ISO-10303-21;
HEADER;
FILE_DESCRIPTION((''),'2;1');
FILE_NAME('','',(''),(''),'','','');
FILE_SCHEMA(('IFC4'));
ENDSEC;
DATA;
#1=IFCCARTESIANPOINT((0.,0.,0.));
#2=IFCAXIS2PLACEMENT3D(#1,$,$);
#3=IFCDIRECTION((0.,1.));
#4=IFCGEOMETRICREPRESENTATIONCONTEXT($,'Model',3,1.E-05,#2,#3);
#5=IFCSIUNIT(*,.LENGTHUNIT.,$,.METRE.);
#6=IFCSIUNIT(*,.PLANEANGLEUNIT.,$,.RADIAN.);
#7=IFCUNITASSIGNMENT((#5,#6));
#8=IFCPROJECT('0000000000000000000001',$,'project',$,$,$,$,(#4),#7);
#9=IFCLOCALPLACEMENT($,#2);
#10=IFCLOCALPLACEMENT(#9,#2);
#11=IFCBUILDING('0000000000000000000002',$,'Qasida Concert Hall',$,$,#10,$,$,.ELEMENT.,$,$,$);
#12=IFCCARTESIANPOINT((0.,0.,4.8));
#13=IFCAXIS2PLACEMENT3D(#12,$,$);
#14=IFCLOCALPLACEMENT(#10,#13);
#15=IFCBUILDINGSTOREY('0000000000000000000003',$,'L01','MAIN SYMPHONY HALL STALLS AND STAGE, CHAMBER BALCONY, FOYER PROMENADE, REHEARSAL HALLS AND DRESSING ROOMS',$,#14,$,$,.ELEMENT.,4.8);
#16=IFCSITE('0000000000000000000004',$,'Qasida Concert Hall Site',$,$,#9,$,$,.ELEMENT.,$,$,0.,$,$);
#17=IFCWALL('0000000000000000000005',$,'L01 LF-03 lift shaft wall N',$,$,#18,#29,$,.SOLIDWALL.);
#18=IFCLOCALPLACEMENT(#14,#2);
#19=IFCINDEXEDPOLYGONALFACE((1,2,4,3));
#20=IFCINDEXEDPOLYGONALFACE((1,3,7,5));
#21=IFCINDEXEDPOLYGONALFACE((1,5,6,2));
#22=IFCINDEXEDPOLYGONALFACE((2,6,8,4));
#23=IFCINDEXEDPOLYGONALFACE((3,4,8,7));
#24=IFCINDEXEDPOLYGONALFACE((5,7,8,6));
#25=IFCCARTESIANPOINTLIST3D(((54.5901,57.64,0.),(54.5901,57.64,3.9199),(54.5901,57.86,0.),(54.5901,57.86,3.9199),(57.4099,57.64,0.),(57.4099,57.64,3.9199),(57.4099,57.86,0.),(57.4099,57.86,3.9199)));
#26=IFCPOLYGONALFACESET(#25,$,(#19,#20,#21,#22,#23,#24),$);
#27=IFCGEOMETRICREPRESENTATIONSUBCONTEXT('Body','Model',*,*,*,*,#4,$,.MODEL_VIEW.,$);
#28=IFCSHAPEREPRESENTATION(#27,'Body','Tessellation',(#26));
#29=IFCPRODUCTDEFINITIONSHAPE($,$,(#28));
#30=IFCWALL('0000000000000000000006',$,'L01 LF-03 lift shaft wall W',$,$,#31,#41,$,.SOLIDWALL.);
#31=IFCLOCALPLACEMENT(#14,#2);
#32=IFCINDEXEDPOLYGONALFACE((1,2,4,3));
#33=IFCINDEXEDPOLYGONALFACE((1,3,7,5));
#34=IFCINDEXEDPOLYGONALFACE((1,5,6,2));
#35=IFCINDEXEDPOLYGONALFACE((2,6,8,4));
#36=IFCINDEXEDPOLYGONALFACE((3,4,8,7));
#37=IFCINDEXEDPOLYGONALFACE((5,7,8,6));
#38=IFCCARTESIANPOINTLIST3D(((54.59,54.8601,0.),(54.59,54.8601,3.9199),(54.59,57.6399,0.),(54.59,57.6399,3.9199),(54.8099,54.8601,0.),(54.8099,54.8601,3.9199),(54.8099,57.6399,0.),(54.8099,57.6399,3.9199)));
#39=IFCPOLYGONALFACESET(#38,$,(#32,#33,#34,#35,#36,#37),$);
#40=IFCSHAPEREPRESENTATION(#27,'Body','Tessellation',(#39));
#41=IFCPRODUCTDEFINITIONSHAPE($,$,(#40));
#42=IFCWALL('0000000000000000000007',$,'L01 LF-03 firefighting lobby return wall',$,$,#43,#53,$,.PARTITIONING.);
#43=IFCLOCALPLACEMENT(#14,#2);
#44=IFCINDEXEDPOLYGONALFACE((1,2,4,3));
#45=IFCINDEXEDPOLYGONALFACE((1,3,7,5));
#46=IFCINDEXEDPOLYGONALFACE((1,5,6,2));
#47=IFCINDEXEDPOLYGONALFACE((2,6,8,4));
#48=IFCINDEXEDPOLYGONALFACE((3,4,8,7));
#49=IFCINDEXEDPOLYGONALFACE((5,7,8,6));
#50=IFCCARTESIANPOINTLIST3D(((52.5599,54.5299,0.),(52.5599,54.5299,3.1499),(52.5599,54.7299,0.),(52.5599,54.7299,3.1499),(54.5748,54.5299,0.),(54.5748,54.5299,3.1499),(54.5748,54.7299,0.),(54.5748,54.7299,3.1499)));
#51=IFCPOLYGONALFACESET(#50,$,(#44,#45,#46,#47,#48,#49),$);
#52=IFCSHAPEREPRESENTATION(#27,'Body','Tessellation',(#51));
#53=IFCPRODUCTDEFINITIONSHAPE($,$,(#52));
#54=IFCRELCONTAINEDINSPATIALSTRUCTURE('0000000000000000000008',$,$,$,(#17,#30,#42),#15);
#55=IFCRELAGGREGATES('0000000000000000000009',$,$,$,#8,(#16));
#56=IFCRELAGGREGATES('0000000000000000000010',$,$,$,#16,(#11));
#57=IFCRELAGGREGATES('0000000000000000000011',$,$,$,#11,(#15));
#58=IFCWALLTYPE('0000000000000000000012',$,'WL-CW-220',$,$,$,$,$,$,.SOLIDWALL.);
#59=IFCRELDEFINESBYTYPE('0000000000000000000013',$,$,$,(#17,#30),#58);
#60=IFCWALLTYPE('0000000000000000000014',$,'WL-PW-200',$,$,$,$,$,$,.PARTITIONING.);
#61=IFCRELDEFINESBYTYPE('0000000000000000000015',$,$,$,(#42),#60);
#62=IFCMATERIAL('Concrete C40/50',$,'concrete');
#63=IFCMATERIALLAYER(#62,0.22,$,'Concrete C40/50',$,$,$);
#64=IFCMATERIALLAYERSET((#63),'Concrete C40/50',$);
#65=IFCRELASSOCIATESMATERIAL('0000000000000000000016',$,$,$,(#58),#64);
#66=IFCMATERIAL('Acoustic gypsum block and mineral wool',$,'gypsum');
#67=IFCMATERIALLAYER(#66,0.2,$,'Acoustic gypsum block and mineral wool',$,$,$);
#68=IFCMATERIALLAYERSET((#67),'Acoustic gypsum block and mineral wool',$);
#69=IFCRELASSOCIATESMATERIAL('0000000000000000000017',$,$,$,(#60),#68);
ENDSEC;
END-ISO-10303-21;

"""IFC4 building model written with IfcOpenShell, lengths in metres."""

from ifc_helpers import new_model, si_unit, direction, frame, frame_2d, origin, place, context, subcontext, project, spatial, rectangle, extrude, material, layer, layer_set, type_object, element, save


model = new_model("IFC4")

# Units and contexts
model_context = context("Model", 3, precision=1e-05, world=origin(), true_north=direction((0.0, 1.0)))
body_context = subcontext(model_context, "Body", "Model", "MODEL_VIEW")
ifc_project = project(units=[si_unit("LENGTHUNIT", "METRE"), si_unit("PLANEANGLEUNIT", "RADIAN")], contexts=[model_context])

# Site, building, storey
site_placement = place(None, origin())
site = spatial("IfcSite", under=ifc_project, at=site_placement, Name="Qasida Concert Hall Site", CompositionType="ELEMENT", RefElevation=0.0)
building_placement = place(site_placement, origin())
building = spatial("IfcBuilding", under=site, at=building_placement, Name="Qasida Concert Hall", CompositionType="ELEMENT")
storey_placement = place(building_placement, frame((0.0, 0.0, 4.8)))
storey = spatial("IfcBuildingStorey", under=building, at=storey_placement, Name="L01", Description="MAIN SYMPHONY HALL STALLS AND STAGE, CHAMBER BALCONY, FOYER PROMENADE, REHEARSAL HALLS AND DRESSING ROOMS", CompositionType="ELEMENT", Elevation=4.8)

# Shared definitions
ifc_material_1 = material(Name="Concrete C40/50", Category="concrete")
ifc_layer_1 = layer(ifc_material_1, 0.22, Name="Concrete C40/50")
ifc_layer_set_1 = layer_set([ifc_layer_1], Name="Concrete C40/50")
wall_type_1 = type_object("IfcWallType", Name="WL-CW-220", PredefinedType="SOLIDWALL", material=ifc_layer_set_1)

# Walls
wall_1_placement = place(storey_placement, frame((54.5901, 57.75, 0.0), z_axis=(0.0, 0.0, 1.0), x_axis=(1.0, 0.0, 0.0)))
element("IfcWall", 1, at=wall_1_placement, inside=storey, type_object=wall_type_1, Name="L01 LF-03 lift shaft wall N", PredefinedType="SOLIDWALL", context=body_context, shape_type="SweptSolid", body=[
    extrude(rectangle(XDim=2.8198, YDim=0.22, at=frame_2d((1.4099, 0.0))), origin(), (0.0, 0.0, 1.0), 3.9199),
])
wall_2_placement = place(storey_placement, frame((54.7, 54.8601, 0.0), z_axis=(0.0, 0.0, 1.0), x_axis=(0.0, 1.0, 0.0)))
element("IfcWall", 2, at=wall_2_placement, inside=storey, type_object=wall_type_1, Name="L01 LF-03 lift shaft wall W", PredefinedType="SOLIDWALL", context=body_context, shape_type="SweptSolid", body=[
    extrude(rectangle(XDim=2.7798, YDim=0.22, at=frame_2d((1.3899, 0.0))), origin(), (0.0, 0.0, 1.0), 3.9199),
])
ifc_material_2 = material(Name="Acoustic gypsum block and mineral wool", Category="gypsum")
ifc_layer_2 = layer(ifc_material_2, 0.2, Name="Acoustic gypsum block and mineral wool")
ifc_layer_set_2 = layer_set([ifc_layer_2], Name="Acoustic gypsum block and mineral wool")
wall_type_2 = type_object("IfcWallType", Name="WL-PW-200", PredefinedType="PARTITIONING", material=ifc_layer_set_2)
wall_3_placement = place(storey_placement, frame((52.5601, 54.6299, 0.0), z_axis=(0.0, 0.0, 1.0), x_axis=(1.0, 0.0, 0.0)))
element("IfcWall", 3, at=wall_3_placement, inside=storey, type_object=wall_type_2, Name="L01 LF-03 firefighting lobby return wall", PredefinedType="PARTITIONING", context=body_context, shape_type="SweptSolid", body=[
    extrude(rectangle(XDim=2.0149, YDim=0.2, at=frame_2d((1.0073, 0.0))), origin(), (0.0, 0.0, 1.0), 3.1499),
])

save(model, "model.ifc")
